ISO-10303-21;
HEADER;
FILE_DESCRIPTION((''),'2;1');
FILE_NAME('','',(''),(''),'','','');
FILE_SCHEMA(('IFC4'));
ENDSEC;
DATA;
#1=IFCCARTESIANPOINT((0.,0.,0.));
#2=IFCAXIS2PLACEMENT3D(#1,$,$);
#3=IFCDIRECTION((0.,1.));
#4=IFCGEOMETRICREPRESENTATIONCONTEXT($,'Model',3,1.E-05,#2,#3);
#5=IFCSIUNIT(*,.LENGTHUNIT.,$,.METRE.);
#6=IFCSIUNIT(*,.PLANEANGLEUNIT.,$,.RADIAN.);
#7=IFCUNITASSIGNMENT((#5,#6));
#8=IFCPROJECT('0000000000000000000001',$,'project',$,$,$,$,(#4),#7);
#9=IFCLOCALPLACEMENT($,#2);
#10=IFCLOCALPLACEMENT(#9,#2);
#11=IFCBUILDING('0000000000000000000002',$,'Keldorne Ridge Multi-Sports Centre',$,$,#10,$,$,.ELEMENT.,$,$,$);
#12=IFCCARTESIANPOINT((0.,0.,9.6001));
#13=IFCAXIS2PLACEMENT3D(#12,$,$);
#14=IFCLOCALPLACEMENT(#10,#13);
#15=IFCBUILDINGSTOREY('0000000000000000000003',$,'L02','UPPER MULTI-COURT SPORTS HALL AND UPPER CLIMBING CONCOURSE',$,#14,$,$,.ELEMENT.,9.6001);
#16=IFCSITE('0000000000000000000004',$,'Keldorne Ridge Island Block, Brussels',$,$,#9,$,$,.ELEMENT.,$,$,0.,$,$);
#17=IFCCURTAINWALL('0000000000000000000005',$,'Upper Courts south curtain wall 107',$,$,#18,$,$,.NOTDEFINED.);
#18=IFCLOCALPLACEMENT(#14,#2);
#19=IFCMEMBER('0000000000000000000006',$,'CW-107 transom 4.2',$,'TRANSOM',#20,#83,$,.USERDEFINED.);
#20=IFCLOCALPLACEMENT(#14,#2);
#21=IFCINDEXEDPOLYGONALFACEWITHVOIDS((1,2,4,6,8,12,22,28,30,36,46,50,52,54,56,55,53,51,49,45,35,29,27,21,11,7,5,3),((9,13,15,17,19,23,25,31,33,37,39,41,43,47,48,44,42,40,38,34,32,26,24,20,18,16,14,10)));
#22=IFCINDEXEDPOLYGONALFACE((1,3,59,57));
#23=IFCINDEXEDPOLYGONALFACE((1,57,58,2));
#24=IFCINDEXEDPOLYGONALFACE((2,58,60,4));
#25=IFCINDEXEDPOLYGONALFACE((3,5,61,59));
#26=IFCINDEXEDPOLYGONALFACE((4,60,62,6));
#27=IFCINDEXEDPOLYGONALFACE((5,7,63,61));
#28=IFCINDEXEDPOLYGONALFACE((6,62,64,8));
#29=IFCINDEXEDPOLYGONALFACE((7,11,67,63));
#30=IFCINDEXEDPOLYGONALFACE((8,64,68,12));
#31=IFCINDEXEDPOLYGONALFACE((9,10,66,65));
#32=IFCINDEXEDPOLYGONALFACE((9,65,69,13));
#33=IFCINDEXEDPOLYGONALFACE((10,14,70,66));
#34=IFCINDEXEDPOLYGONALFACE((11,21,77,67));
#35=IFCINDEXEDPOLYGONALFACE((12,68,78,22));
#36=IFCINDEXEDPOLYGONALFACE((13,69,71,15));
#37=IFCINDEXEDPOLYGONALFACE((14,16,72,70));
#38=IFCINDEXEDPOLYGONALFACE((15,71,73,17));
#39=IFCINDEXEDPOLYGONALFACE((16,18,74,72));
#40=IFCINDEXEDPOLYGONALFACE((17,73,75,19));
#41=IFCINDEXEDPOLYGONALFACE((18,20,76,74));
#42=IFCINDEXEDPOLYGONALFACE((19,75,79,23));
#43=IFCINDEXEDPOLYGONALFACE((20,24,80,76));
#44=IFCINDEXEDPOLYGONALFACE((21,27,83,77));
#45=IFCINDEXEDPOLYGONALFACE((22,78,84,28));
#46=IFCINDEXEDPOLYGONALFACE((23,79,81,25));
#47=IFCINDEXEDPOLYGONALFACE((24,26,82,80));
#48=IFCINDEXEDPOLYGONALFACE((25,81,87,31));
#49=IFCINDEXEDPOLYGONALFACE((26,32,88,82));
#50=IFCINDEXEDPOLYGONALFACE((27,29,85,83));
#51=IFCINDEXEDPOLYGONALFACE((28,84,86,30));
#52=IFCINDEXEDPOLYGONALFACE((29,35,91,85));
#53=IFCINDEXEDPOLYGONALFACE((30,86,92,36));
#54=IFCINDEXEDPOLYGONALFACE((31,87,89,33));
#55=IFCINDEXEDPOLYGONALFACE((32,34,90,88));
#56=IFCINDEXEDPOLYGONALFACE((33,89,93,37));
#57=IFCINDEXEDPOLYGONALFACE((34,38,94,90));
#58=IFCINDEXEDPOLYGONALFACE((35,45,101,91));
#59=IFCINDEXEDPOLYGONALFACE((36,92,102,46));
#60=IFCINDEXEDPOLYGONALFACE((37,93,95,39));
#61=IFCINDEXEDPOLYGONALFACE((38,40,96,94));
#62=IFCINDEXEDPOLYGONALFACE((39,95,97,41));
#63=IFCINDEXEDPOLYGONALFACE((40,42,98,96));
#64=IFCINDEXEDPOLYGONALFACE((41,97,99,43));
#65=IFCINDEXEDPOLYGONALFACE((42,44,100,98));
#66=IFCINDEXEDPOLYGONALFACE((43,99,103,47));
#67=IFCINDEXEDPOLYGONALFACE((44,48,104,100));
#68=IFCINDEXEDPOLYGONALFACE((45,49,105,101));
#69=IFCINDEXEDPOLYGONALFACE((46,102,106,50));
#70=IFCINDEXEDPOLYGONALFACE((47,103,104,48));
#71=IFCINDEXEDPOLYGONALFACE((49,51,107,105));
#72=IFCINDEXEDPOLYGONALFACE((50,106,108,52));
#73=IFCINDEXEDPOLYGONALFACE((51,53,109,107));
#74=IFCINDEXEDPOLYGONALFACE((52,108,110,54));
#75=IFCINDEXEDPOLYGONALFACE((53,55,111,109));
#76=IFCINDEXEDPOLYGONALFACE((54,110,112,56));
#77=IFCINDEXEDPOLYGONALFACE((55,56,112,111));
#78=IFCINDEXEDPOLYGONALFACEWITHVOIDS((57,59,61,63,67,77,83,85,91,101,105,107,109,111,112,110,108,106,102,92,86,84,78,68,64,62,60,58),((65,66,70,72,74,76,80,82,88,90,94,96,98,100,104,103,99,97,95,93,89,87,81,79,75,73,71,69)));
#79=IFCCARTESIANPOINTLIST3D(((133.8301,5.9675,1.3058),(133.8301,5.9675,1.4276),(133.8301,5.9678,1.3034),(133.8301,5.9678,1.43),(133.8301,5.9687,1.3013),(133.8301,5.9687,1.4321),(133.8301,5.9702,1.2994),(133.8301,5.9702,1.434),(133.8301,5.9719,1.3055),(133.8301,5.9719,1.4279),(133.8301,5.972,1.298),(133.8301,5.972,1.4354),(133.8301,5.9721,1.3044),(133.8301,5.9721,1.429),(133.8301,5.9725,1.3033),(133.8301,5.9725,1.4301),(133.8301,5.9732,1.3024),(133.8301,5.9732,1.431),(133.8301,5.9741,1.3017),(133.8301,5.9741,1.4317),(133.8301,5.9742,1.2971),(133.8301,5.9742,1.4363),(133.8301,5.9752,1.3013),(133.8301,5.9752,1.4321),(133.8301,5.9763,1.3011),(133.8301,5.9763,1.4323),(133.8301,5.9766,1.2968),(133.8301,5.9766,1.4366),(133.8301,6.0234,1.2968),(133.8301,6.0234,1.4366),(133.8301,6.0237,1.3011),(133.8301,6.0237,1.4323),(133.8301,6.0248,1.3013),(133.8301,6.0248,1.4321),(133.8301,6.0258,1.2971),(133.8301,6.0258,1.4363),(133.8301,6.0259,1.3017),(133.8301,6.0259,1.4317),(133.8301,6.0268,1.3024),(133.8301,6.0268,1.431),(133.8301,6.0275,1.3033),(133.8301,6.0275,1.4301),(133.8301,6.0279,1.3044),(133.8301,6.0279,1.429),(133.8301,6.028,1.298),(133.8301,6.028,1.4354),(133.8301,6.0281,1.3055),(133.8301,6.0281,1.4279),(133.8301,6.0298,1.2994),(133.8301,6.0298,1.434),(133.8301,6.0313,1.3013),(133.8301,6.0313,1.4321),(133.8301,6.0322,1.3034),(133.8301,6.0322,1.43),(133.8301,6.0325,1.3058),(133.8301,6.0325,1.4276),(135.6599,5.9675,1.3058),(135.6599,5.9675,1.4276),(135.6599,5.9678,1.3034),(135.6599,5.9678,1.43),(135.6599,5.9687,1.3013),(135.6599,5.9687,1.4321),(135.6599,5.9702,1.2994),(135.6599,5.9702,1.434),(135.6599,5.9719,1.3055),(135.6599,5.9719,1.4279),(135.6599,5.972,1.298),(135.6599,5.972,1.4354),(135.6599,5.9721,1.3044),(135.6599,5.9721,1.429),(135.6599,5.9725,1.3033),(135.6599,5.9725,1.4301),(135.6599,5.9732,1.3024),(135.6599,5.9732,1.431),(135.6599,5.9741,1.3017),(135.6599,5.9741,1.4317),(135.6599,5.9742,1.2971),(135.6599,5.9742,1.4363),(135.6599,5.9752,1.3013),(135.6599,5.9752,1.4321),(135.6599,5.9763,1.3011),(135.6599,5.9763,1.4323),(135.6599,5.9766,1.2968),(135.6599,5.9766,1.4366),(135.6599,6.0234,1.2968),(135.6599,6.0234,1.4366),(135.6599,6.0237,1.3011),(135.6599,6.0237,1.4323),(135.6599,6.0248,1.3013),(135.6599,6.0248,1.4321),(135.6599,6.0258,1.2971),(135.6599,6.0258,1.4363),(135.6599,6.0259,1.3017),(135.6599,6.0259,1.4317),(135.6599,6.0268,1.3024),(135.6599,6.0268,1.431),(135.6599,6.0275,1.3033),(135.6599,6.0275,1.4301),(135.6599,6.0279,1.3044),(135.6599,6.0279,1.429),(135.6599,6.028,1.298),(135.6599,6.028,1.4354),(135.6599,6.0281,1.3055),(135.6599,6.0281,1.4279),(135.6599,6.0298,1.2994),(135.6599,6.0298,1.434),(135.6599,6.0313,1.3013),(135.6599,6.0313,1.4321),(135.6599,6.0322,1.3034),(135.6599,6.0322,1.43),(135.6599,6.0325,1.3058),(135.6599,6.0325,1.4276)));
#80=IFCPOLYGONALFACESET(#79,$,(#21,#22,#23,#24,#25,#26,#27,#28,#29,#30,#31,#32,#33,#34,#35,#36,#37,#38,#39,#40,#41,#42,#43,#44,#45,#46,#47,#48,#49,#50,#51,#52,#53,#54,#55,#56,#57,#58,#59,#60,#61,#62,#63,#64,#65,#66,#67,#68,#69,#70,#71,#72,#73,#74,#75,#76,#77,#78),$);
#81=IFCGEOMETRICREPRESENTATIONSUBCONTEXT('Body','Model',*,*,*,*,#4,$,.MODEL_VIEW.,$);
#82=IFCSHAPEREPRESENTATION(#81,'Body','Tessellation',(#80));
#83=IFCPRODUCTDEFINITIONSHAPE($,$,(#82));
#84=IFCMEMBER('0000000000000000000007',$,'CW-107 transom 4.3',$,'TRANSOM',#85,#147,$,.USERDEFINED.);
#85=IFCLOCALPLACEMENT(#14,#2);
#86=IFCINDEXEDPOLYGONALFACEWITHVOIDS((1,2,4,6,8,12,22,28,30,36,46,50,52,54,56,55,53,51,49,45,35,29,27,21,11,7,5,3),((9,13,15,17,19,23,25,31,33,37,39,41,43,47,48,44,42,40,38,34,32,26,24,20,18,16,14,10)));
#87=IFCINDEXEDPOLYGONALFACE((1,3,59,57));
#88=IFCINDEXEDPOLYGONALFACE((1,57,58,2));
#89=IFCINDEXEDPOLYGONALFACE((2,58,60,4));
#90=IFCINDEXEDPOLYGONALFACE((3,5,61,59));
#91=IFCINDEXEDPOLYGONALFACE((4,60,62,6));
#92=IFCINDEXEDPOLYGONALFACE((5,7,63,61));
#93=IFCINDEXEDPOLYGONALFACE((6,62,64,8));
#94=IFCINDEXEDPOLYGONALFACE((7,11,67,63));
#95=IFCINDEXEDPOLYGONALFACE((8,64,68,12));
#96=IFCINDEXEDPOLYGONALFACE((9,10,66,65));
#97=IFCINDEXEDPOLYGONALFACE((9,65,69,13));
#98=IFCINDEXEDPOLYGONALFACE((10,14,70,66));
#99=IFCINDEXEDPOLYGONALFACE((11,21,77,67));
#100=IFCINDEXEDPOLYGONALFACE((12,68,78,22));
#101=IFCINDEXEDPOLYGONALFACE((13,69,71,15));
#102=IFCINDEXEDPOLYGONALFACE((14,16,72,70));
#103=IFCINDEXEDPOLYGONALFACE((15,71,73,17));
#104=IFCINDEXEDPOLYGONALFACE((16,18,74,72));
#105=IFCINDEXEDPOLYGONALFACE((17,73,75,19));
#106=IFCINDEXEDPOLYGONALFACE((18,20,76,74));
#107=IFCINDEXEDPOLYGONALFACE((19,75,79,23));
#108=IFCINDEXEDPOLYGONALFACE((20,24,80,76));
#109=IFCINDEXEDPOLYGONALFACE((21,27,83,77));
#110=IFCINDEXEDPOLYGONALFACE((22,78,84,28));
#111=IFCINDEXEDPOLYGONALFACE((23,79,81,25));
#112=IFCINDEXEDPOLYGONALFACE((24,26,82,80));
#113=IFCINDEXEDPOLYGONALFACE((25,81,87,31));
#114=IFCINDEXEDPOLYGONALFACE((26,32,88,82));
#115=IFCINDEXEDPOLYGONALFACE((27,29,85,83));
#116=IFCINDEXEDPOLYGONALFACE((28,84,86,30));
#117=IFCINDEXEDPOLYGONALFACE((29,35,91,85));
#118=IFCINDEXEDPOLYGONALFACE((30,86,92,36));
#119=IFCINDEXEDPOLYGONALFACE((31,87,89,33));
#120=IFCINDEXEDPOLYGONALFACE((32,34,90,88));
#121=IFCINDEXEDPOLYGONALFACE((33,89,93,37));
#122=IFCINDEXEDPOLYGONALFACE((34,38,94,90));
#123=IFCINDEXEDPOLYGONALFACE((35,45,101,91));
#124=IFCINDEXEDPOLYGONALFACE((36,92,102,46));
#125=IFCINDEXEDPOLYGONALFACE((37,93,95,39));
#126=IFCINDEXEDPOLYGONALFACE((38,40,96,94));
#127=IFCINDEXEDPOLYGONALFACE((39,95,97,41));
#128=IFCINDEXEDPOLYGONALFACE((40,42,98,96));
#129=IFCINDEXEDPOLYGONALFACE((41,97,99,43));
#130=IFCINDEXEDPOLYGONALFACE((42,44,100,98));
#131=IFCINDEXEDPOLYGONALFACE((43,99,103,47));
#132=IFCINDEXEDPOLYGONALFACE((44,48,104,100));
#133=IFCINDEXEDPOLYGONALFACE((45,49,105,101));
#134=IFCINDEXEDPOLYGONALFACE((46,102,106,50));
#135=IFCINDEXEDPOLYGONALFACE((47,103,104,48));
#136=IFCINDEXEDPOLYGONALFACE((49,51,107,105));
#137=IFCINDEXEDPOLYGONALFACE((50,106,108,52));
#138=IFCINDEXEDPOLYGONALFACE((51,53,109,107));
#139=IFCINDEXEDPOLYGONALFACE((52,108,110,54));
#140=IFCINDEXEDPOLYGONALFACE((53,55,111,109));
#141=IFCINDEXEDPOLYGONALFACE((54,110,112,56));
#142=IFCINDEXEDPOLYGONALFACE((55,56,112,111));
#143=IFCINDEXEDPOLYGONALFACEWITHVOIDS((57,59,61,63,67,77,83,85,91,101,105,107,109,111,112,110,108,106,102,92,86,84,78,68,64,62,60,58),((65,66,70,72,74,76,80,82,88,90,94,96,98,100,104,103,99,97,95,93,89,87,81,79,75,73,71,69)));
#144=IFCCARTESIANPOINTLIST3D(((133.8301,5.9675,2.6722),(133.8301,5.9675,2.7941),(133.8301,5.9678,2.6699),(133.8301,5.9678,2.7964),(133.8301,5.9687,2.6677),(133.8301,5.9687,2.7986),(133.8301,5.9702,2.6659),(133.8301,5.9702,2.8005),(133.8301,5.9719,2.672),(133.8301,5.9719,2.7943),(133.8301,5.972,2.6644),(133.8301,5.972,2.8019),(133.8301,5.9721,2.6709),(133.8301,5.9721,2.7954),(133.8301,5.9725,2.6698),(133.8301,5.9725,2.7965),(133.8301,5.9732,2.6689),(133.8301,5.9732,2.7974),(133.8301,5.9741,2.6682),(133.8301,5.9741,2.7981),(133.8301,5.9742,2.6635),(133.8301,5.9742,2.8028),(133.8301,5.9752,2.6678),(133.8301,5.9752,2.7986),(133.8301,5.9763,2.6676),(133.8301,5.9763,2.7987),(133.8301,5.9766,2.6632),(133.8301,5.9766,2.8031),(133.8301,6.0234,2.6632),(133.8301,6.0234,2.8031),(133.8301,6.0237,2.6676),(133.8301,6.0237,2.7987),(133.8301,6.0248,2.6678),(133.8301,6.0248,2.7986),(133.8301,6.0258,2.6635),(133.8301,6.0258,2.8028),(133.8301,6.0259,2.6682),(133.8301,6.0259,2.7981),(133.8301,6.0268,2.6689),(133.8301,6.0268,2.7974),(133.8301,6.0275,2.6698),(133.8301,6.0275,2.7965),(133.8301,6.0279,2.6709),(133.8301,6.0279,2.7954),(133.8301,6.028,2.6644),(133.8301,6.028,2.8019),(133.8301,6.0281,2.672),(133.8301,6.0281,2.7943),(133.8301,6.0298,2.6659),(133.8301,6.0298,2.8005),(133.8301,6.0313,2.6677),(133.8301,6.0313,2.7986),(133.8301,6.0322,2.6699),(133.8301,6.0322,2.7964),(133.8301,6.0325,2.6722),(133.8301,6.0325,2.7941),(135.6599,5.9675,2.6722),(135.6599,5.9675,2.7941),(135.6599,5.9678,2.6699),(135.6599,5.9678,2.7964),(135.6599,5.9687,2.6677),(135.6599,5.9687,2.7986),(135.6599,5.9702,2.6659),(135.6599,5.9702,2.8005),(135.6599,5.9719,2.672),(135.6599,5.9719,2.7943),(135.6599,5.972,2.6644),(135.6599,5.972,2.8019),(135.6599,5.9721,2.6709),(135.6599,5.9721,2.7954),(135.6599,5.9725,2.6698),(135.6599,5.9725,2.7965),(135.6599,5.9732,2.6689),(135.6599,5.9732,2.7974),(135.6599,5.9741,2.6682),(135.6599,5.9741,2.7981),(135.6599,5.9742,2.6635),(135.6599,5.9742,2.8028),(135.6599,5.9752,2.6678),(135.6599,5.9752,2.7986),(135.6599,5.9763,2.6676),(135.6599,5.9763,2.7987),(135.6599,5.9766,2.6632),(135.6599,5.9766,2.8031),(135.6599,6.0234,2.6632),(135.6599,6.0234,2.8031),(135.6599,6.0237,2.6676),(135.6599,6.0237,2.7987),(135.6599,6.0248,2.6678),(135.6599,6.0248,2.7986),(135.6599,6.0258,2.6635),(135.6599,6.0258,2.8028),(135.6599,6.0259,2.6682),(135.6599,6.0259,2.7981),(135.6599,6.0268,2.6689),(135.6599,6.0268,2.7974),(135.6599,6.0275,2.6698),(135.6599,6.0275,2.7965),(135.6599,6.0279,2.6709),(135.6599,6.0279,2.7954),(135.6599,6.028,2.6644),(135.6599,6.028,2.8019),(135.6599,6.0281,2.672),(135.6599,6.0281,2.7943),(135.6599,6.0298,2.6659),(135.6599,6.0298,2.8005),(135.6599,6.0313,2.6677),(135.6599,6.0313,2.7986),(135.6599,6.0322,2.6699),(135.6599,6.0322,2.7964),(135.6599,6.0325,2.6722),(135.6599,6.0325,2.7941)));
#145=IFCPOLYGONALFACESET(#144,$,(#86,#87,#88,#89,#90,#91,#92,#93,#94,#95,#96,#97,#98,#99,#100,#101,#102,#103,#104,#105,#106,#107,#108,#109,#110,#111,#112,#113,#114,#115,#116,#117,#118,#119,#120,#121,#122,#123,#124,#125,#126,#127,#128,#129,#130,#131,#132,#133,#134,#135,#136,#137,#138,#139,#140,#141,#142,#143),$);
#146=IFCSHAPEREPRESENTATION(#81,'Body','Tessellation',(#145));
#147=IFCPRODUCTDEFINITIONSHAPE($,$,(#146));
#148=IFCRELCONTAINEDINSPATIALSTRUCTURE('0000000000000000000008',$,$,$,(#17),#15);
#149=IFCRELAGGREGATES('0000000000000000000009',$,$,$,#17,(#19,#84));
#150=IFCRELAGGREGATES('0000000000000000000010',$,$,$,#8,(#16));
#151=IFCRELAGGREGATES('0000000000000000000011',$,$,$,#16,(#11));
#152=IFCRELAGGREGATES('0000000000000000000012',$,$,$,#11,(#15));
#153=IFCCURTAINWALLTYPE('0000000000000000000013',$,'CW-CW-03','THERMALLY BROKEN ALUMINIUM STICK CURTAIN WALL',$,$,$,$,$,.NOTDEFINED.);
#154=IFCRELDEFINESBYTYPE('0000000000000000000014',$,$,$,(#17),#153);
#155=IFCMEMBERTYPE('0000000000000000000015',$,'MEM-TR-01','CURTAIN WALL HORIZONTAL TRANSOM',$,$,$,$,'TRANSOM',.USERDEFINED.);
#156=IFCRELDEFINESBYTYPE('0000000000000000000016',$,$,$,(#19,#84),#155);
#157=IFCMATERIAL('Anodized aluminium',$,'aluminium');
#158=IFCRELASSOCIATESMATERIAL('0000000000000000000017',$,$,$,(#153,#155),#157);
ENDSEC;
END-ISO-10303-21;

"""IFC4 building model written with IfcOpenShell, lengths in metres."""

from ifc_helpers import new_model, si_unit, direction, frame, origin, origin_2d, place, context, subcontext, project, spatial, hollow_rectangle, extrude, material, material_profile, profile_set, type_object, element, aggregate, save


model = new_model("IFC4")

# Units and contexts
model_context = context("Model", 3, precision=1e-05, world=origin(), true_north=direction((0.0, 1.0)))
body_context = subcontext(model_context, "Body", "Model", "MODEL_VIEW")
ifc_project = project(units=[si_unit("LENGTHUNIT", "METRE"), si_unit("PLANEANGLEUNIT", "RADIAN")], contexts=[model_context])

# Site, building, storey
site_placement = place(None, origin())
site = spatial("IfcSite", under=ifc_project, at=site_placement, Name="Keldorne Ridge Island Block, Brussels", CompositionType="ELEMENT", RefElevation=0.0)
building_placement = place(site_placement, origin())
building = spatial("IfcBuilding", under=site, at=building_placement, Name="Keldorne Ridge Multi-Sports Centre", CompositionType="ELEMENT")
storey_placement = place(building_placement, frame((0.0, 0.0, 9.6001)))
storey = spatial("IfcBuildingStorey", under=building, at=storey_placement, Name="L02", Description="UPPER MULTI-COURT SPORTS HALL AND UPPER CLIMBING CONCOURSE", CompositionType="ELEMENT", Elevation=9.6001)

# Curtain wall
ifc_material_1 = material(Name="Anodized aluminium", Category="aluminium")
curtain_wall_type_1 = type_object("IfcCurtainWallType", Name="CW-CW-03", Description="THERMALLY BROKEN ALUMINIUM STICK CURTAIN WALL", PredefinedType="NOTDEFINED", material=ifc_material_1)
curtain_wall_1_placement = place(storey_placement, origin())
curtain_wall_1 = element("IfcCurtainWall", 1, at=curtain_wall_1_placement, inside=storey, type_object=curtain_wall_type_1, Name="Upper Courts south curtain wall 107", PredefinedType="NOTDEFINED")

# Members
ifc_material_profile_1 = material_profile(ifc_material_1, hollow_rectangle(XDim=0.0649, YDim=0.1399, WallThickness=0.0044, InnerFilletRadius=0.0044, OuterFilletRadius=0.009, at=origin_2d()), Name="ALU TRANSOM 140x65x4.5")
ifc_profile_set_1 = profile_set([ifc_material_profile_1], Name="Anodized aluminium")
member_type_1 = type_object("IfcMemberType", Name="MEM-TR-01", Description="CURTAIN WALL HORIZONTAL TRANSOM", ElementType="TRANSOM", PredefinedType="USERDEFINED", material=ifc_profile_set_1)
member_1_placement = place(storey_placement, frame((133.8301, 6.0, 1.3667), z_axis=(1.0, 0.0, 0.0), x_axis=(0.0, 1.0, 0.0)))
member_1 = element("IfcMember", 2, at=member_1_placement, type_object=member_type_1, Name="CW-107 transom 4.2", ObjectType="TRANSOM", PredefinedType="USERDEFINED", context=body_context, shape_type="SweptSolid", body=[
    extrude(hollow_rectangle(XDim=0.0649, YDim=0.1399, WallThickness=0.0044, InnerFilletRadius=0.0044, OuterFilletRadius=0.009, at=origin_2d()), origin(), (0.0, 0.0, 1.0), 1.8298),
])
member_2_placement = place(storey_placement, frame((133.8301, 6.0, 2.7332), z_axis=(1.0, 0.0, 0.0), x_axis=(0.0, 1.0, 0.0)))
member_2 = element("IfcMember", 3, at=member_2_placement, type_object=member_type_1, Name="CW-107 transom 4.3", ObjectType="TRANSOM", PredefinedType="USERDEFINED", context=body_context, shape_type="SweptSolid", body=[
    extrude(hollow_rectangle(XDim=0.0649, YDim=0.1399, WallThickness=0.0044, InnerFilletRadius=0.0044, OuterFilletRadius=0.009, at=origin_2d()), origin(), (0.0, 0.0, 1.0), 1.8298),
])

aggregate(curtain_wall_1, [member_1, member_2])

save(model, "model.ifc")
